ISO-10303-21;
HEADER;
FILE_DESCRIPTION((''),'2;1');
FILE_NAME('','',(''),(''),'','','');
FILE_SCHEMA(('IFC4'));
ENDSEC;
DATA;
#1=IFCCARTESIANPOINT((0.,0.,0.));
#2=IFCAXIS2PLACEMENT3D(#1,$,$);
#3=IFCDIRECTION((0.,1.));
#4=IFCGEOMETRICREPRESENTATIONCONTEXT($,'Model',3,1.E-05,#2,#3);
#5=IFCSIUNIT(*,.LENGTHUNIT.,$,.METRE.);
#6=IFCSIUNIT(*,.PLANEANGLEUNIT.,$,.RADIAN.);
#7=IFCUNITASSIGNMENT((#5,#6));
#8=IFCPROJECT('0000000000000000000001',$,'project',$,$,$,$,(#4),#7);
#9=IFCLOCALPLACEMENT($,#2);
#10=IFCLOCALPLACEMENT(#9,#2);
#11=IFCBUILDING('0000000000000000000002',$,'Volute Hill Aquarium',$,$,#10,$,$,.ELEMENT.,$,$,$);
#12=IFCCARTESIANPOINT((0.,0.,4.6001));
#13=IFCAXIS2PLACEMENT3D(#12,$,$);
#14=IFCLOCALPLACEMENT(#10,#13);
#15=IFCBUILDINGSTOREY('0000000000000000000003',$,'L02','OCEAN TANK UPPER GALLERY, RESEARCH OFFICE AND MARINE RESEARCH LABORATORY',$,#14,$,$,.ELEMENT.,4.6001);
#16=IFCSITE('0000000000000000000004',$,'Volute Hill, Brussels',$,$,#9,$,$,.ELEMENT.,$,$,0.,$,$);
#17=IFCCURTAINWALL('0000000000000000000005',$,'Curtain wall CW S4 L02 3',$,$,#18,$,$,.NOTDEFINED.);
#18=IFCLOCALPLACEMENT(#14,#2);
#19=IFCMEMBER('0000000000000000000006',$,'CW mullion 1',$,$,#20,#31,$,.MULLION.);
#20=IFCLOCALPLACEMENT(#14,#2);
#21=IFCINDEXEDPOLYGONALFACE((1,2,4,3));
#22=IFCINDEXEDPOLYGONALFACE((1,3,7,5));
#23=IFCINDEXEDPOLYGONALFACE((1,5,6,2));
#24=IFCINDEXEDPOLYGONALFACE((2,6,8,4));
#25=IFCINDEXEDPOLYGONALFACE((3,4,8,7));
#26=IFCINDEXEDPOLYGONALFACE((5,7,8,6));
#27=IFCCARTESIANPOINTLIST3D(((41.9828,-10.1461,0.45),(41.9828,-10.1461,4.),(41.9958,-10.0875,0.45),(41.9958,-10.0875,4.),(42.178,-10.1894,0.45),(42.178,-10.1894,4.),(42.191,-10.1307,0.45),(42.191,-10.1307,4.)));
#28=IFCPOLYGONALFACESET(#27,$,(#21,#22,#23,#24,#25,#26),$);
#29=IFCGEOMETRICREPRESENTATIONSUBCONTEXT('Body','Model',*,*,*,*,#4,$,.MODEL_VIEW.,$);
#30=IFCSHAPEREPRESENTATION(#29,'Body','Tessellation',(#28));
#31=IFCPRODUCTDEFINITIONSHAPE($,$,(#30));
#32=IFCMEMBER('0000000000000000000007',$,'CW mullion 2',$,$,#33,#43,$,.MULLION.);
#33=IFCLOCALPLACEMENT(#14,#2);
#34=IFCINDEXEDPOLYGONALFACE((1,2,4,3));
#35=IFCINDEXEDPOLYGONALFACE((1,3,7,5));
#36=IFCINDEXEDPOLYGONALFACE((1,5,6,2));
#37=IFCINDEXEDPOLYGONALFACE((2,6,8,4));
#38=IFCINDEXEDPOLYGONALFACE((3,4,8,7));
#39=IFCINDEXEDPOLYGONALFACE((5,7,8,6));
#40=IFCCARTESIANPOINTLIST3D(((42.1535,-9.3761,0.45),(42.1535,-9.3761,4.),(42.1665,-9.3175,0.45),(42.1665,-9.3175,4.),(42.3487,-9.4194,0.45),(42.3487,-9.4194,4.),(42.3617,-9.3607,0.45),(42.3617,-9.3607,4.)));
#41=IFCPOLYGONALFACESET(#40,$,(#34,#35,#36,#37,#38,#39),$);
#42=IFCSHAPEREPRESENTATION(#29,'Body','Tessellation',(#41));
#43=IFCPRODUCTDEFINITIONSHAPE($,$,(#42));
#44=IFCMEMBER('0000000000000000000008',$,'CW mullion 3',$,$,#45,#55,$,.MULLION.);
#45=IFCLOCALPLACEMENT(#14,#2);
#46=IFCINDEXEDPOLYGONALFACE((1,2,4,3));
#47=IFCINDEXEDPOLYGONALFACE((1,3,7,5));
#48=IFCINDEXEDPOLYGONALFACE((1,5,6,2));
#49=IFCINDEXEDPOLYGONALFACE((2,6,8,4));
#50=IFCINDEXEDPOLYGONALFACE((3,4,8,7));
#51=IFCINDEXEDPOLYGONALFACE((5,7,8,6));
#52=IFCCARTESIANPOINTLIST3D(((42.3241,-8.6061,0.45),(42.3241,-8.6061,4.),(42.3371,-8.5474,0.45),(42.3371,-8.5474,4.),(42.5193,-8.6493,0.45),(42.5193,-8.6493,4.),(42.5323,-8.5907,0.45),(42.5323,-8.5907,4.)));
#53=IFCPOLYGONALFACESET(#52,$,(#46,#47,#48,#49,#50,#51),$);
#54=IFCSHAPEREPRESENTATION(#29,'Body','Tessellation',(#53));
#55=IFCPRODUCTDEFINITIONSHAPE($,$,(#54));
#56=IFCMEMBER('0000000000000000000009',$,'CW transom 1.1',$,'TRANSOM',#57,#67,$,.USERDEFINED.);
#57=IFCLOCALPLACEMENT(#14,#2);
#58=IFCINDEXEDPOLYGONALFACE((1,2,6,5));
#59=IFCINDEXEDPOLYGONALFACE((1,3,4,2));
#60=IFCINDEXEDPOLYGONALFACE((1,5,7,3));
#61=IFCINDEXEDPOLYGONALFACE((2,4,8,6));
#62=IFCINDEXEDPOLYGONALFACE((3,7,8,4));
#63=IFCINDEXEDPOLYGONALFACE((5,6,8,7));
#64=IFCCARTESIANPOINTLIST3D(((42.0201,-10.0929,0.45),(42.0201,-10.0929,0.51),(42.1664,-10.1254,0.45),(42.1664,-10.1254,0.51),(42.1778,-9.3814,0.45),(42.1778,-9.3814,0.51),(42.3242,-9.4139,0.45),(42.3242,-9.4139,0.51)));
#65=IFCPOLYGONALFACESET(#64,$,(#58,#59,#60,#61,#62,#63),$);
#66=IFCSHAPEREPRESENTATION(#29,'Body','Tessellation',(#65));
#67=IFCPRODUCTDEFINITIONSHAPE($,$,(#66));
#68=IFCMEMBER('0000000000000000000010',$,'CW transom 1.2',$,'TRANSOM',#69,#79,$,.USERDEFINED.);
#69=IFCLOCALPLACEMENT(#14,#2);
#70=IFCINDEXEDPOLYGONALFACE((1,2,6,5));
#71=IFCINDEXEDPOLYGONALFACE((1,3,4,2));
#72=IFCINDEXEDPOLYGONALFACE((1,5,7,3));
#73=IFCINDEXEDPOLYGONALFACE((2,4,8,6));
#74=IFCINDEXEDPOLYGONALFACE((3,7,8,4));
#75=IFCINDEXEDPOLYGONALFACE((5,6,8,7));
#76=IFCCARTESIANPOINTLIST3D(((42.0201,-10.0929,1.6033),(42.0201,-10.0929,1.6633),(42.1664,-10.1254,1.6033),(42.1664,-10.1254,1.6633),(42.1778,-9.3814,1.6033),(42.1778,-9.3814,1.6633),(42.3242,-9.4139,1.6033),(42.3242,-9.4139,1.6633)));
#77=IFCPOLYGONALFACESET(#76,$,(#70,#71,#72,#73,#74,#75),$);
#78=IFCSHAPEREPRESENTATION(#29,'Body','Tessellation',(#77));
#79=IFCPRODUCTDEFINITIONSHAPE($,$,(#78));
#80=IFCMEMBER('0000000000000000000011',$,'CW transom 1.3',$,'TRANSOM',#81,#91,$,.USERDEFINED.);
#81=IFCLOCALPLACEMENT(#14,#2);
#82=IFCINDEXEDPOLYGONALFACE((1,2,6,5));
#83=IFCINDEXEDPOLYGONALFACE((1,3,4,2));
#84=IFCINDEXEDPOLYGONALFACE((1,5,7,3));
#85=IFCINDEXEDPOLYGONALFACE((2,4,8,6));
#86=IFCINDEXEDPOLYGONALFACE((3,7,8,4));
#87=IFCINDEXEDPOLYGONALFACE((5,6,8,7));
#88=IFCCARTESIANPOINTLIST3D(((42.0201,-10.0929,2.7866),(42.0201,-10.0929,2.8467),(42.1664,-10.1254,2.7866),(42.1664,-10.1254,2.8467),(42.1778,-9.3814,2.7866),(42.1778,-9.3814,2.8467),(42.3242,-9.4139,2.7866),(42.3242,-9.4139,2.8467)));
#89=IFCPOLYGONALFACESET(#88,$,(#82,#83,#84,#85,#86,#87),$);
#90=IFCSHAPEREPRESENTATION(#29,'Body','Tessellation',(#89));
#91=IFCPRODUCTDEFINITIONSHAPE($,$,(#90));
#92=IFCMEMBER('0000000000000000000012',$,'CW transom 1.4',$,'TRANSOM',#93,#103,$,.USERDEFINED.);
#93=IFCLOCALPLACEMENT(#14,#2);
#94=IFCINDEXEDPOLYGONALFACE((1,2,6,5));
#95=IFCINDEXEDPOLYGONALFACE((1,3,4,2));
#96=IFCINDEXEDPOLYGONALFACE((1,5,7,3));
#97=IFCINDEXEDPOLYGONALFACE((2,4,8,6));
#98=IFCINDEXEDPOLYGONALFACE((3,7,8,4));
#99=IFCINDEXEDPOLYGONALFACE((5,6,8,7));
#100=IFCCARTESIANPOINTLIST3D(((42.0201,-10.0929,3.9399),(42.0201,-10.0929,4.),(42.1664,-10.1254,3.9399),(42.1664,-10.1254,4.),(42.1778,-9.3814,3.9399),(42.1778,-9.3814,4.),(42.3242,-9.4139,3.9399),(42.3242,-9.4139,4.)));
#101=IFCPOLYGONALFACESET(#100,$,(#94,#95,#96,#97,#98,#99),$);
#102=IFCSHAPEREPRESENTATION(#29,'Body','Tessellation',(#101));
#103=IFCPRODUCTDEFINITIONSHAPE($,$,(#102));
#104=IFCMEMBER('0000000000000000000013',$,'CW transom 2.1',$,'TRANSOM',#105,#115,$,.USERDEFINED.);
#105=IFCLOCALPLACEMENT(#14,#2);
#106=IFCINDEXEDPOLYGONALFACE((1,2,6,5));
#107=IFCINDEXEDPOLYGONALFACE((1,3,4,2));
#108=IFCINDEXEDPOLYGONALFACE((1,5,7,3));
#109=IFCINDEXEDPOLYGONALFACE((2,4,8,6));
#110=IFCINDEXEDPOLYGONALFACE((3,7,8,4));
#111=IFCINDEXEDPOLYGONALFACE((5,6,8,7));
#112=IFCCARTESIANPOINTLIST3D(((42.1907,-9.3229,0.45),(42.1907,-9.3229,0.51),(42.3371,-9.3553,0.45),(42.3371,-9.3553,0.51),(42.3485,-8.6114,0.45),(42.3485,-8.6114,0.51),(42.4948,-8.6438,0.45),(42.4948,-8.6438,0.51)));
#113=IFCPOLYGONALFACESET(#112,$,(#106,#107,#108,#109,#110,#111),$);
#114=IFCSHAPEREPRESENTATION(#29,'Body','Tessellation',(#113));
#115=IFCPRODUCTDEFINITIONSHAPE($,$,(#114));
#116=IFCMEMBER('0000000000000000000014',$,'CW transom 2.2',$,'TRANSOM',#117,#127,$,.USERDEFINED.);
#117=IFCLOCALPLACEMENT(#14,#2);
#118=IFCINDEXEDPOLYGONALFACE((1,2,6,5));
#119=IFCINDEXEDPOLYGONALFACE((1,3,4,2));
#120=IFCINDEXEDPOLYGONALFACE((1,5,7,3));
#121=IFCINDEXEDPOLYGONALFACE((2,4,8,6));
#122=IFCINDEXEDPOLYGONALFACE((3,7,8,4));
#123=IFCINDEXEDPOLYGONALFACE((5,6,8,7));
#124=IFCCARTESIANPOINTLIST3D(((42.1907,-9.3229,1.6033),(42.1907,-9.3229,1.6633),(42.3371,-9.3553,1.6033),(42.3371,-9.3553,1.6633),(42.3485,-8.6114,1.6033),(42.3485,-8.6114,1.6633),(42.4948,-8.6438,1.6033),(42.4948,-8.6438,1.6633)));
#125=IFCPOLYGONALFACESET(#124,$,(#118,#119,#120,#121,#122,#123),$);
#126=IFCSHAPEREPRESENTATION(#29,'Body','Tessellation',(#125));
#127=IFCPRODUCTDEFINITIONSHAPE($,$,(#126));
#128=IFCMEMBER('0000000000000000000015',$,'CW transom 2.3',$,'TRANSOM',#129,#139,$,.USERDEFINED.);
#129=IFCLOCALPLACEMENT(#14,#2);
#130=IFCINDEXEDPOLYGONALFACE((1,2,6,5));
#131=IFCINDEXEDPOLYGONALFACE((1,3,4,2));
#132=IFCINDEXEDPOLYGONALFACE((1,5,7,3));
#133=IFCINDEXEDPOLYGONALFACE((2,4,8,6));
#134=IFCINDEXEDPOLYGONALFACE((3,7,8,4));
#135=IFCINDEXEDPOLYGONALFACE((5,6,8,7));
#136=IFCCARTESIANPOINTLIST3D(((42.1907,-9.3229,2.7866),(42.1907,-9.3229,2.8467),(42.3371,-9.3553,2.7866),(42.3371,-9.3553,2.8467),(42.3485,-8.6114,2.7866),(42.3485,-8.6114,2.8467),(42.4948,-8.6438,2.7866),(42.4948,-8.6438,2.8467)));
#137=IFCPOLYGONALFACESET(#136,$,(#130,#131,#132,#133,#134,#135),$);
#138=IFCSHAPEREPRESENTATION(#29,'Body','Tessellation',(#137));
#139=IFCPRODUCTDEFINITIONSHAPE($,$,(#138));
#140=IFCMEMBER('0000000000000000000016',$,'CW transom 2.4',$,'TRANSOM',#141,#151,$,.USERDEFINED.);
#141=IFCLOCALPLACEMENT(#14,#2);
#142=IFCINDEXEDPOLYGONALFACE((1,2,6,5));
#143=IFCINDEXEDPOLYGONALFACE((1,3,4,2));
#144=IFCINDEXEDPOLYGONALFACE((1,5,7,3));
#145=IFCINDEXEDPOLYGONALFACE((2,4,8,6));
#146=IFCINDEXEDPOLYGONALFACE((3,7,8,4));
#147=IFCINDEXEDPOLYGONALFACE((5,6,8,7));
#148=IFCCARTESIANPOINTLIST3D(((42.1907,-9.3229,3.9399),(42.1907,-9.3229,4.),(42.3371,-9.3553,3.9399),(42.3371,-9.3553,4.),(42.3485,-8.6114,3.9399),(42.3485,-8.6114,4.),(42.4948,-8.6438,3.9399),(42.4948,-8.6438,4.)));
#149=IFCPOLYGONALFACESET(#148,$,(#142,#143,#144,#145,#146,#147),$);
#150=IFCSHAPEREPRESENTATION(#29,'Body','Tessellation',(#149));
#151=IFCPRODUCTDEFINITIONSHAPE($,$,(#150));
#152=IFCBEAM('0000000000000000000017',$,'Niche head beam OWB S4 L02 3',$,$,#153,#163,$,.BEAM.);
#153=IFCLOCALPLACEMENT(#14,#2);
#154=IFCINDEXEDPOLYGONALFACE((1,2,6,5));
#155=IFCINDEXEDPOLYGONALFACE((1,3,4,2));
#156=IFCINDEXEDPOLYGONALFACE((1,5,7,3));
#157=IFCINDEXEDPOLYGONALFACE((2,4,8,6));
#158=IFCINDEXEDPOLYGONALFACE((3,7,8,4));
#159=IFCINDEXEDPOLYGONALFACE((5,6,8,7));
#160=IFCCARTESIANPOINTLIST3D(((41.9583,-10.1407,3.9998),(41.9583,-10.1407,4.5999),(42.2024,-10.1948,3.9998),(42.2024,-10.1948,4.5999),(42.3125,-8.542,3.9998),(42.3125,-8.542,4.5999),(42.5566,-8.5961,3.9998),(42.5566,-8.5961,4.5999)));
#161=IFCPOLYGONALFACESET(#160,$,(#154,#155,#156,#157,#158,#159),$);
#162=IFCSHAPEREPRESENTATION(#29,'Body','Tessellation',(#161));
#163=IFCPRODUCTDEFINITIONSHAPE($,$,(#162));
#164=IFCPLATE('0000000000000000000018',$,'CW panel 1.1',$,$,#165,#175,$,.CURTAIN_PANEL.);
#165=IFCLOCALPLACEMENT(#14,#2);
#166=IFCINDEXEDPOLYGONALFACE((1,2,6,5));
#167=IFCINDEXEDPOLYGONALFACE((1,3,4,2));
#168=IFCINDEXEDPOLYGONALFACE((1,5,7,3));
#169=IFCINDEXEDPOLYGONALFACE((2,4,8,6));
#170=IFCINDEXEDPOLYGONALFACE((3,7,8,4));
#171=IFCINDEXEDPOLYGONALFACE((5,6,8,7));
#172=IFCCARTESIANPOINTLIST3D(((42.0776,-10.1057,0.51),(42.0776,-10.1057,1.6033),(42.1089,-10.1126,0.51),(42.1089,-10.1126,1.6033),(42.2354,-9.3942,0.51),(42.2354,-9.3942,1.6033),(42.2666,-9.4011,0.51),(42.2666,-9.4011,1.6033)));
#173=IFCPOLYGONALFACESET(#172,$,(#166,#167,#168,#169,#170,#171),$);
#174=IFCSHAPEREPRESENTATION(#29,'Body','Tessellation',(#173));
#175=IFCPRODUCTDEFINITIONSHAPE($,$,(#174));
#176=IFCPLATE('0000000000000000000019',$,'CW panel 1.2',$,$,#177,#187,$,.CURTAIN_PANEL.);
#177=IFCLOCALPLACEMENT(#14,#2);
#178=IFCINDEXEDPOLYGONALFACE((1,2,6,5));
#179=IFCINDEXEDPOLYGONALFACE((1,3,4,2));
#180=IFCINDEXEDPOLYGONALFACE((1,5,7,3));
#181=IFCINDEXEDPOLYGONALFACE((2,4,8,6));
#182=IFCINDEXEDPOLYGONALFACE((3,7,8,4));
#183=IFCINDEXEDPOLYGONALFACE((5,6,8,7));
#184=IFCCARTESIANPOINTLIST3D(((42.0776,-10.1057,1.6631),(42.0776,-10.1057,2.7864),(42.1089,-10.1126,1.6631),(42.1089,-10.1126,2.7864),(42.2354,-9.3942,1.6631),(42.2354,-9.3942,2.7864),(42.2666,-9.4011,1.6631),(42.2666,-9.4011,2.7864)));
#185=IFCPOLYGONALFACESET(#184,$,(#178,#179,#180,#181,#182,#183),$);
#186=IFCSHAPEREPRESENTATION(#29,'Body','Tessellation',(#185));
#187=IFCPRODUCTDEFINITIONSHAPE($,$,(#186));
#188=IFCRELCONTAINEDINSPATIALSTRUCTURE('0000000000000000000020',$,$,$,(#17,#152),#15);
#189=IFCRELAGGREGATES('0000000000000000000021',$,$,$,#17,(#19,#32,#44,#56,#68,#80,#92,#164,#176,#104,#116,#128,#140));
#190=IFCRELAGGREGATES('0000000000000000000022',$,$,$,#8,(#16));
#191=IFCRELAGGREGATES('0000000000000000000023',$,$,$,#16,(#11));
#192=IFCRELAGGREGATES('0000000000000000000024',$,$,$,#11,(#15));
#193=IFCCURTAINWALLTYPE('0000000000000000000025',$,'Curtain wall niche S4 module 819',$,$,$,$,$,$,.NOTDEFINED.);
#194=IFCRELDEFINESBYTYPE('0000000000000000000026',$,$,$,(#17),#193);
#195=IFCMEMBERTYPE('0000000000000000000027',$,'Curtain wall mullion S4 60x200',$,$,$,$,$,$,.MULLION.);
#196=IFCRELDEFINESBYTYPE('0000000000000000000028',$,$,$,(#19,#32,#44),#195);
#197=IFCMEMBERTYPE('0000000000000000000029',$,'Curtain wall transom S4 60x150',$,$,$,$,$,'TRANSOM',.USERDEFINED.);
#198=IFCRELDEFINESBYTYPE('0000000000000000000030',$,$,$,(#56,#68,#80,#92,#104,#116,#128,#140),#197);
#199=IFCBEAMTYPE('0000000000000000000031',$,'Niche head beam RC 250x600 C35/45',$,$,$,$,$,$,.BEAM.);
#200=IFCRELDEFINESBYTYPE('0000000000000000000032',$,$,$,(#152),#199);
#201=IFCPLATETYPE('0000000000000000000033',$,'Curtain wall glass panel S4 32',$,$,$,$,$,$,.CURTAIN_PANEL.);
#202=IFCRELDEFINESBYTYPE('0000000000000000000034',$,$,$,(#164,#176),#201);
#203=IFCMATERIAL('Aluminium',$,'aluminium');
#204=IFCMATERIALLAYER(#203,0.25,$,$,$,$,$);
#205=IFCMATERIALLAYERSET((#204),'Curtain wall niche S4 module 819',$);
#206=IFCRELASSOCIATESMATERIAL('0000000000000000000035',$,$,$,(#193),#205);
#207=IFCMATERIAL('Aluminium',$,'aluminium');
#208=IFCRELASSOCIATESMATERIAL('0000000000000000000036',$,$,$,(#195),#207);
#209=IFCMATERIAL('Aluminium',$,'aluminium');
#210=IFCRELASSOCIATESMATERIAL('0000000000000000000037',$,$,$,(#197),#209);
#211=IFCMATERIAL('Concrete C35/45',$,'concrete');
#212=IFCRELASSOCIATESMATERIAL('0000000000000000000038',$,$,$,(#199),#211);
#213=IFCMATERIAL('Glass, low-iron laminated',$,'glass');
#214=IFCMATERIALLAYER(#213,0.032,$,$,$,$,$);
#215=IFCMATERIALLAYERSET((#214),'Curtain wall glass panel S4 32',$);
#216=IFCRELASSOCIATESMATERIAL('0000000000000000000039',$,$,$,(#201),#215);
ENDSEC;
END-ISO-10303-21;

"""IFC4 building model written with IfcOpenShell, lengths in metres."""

from ifc_helpers import new_model, si_unit, direction, frame, origin, origin_2d, place, context, subcontext, project, spatial, rectangle, extrude, material, layer, layer_set, material_profile, profile_set, type_object, element, aggregate, save


model = new_model("IFC4")

# Units and contexts
model_context = context("Model", 3, precision=1e-05, world=origin(), true_north=direction((0.0, 1.0)))
body_context = subcontext(model_context, "Body", "Model", "MODEL_VIEW")
ifc_project = project(units=[si_unit("LENGTHUNIT", "METRE"), si_unit("PLANEANGLEUNIT", "RADIAN")], contexts=[model_context])

# Site, building, storey
site_placement = place(None, origin())
site = spatial("IfcSite", under=ifc_project, at=site_placement, Name="Volute Hill, Brussels", CompositionType="ELEMENT", RefElevation=0.0)
building_placement = place(site_placement, origin())
building = spatial("IfcBuilding", under=site, at=building_placement, Name="Volute Hill Aquarium", CompositionType="ELEMENT")
storey_placement = place(building_placement, frame((0.0, 0.0, 4.6001)))
storey = spatial("IfcBuildingStorey", under=building, at=storey_placement, Name="L02", Description="OCEAN TANK UPPER GALLERY, RESEARCH OFFICE AND MARINE RESEARCH LABORATORY", CompositionType="ELEMENT", Elevation=4.6001)

# Curtain wall, members
ifc_material_1 = material(Name="Aluminium", Category="aluminium")
ifc_layer_1 = layer(ifc_material_1, 0.25)
ifc_layer_set_1 = layer_set([ifc_layer_1], Name="Curtain wall niche S4 module 819")
curtain_wall_type = type_object("IfcCurtainWallType", Name="Curtain wall niche S4 module 819", PredefinedType="NOTDEFINED", material=ifc_layer_set_1)
curtain_wall_placement = place(storey_placement, origin())
curtain_wall = element("IfcCurtainWall", 1, at=curtain_wall_placement, inside=storey, type_object=curtain_wall_type, Name="Curtain wall CW S4 L02 3", PredefinedType="NOTDEFINED")
ifc_material_2 = material(Name="Aluminium", Category="aluminium")
ifc_material_profile_1 = material_profile(ifc_material_2, rectangle(XDim=0.2, YDim=0.0601, at=origin_2d()), Name="Curtain wall mullion S4 60x200")
ifc_profile_set_1 = profile_set([ifc_material_profile_1], Name="Aluminium")
member_type_1 = type_object("IfcMemberType", Name="Curtain wall mullion S4 60x200", PredefinedType="MULLION", material=ifc_profile_set_1)
member_1_placement = place(storey_placement, frame((42.0869, -10.1384, 0.45), z_axis=(0.0, 0.0, 1.0), x_axis=(-0.976298, 0.216432, 0.0)))
member_1 = element("IfcMember", 2, at=member_1_placement, type_object=member_type_1, Name="CW mullion 1", PredefinedType="MULLION", context=body_context, shape_type="SweptSolid", body=[
    extrude(rectangle(XDim=0.2, YDim=0.0601, at=origin_2d()), origin(), (0.0, 0.0, 1.0), 3.55),
])
member_2_placement = place(storey_placement, frame((42.2576, -9.3684, 0.45), z_axis=(0.0, 0.0, 1.0), x_axis=(-0.976298, 0.216432, 0.0)))
member_2 = element("IfcMember", 3, at=member_2_placement, type_object=member_type_1, Name="CW mullion 2", PredefinedType="MULLION", context=body_context, shape_type="SweptSolid", body=[
    extrude(rectangle(XDim=0.2, YDim=0.0601, at=origin_2d()), origin(), (0.0, 0.0, 1.0), 3.55),
])
member_3_placement = place(storey_placement, frame((42.4282, -8.5984, 0.45), z_axis=(0.0, 0.0, 1.0), x_axis=(-0.976298, 0.216432, 0.0)))
member_3 = element("IfcMember", 4, at=member_3_placement, type_object=member_type_1, Name="CW mullion 3", PredefinedType="MULLION", context=body_context, shape_type="SweptSolid", body=[
    extrude(rectangle(XDim=0.2, YDim=0.0601, at=origin_2d()), origin(), (0.0, 0.0, 1.0), 3.55),
])
ifc_material_3 = material(Name="Aluminium", Category="aluminium")
ifc_material_profile_2 = material_profile(ifc_material_3, rectangle(XDim=0.1499, YDim=0.0601, at=origin_2d()), Name="Curtain wall transom S4 60x150")
ifc_profile_set_2 = profile_set([ifc_material_profile_2], Name="Aluminium")
member_type_2 = type_object("IfcMemberType", Name="Curtain wall transom S4 60x150", ElementType="TRANSOM", PredefinedType="USERDEFINED", material=ifc_profile_set_2)
member_4_placement = place(storey_placement, frame((42.0933, -10.1091, 0.48), z_axis=(0.216434, 0.976297, 0.0), x_axis=(-0.976297, 0.216434, 0.0)))
member_4 = element("IfcMember", 5, at=member_4_placement, type_object=member_type_2, Name="CW transom 1.1", ObjectType="TRANSOM", PredefinedType="USERDEFINED", context=body_context, shape_type="SweptSolid", body=[
    extrude(rectangle(XDim=0.1499, YDim=0.0601, at=origin_2d()), origin(), (0.0, 0.0, 1.0), 0.7288),
])
member_5_placement = place(storey_placement, frame((42.0933, -10.1091, 1.6333), z_axis=(0.216434, 0.976297, 0.0), x_axis=(-0.976297, 0.216434, 0.0)))
member_5 = element("IfcMember", 6, at=member_5_placement, type_object=member_type_2, Name="CW transom 1.2", ObjectType="TRANSOM", PredefinedType="USERDEFINED", context=body_context, shape_type="SweptSolid", body=[
    extrude(rectangle(XDim=0.1499, YDim=0.0601, at=origin_2d()), origin(), (0.0, 0.0, 1.0), 0.7288),
])
member_6_placement = place(storey_placement, frame((42.0933, -10.1091, 2.8167), z_axis=(0.216434, 0.976297, 0.0), x_axis=(-0.976297, 0.216434, 0.0)))
member_6 = element("IfcMember", 7, at=member_6_placement, type_object=member_type_2, Name="CW transom 1.3", ObjectType="TRANSOM", PredefinedType="USERDEFINED", context=body_context, shape_type="SweptSolid", body=[
    extrude(rectangle(XDim=0.1499, YDim=0.0601, at=origin_2d()), origin(), (0.0, 0.0, 1.0), 0.7288),
])
member_7_placement = place(storey_placement, frame((42.0933, -10.1091, 3.97), z_axis=(0.216434, 0.976297, 0.0), x_axis=(-0.976297, 0.216434, 0.0)))
member_7 = element("IfcMember", 8, at=member_7_placement, type_object=member_type_2, Name="CW transom 1.4", ObjectType="TRANSOM", PredefinedType="USERDEFINED", context=body_context, shape_type="SweptSolid", body=[
    extrude(rectangle(XDim=0.1499, YDim=0.0601, at=origin_2d()), origin(), (0.0, 0.0, 1.0), 0.7288),
])
member_8_placement = place(storey_placement, frame((42.2639, -9.3391, 0.48), z_axis=(0.216434, 0.976297, 0.0), x_axis=(-0.976297, 0.216434, 0.0)))
member_8 = element("IfcMember", 9, at=member_8_placement, type_object=member_type_2, Name="CW transom 2.1", ObjectType="TRANSOM", PredefinedType="USERDEFINED", context=body_context, shape_type="SweptSolid", body=[
    extrude(rectangle(XDim=0.1499, YDim=0.0601, at=origin_2d()), origin(), (0.0, 0.0, 1.0), 0.7288),
])
member_9_placement = place(storey_placement, frame((42.2639, -9.3391, 1.6333), z_axis=(0.216434, 0.976297, 0.0), x_axis=(-0.976297, 0.216434, 0.0)))
member_9 = element("IfcMember", 10, at=member_9_placement, type_object=member_type_2, Name="CW transom 2.2", ObjectType="TRANSOM", PredefinedType="USERDEFINED", context=body_context, shape_type="SweptSolid", body=[
    extrude(rectangle(XDim=0.1499, YDim=0.0601, at=origin_2d()), origin(), (0.0, 0.0, 1.0), 0.7288),
])
member_10_placement = place(storey_placement, frame((42.2639, -9.3391, 2.8167), z_axis=(0.216434, 0.976297, 0.0), x_axis=(-0.976297, 0.216434, 0.0)))
member_10 = element("IfcMember", 11, at=member_10_placement, type_object=member_type_2, Name="CW transom 2.3", ObjectType="TRANSOM", PredefinedType="USERDEFINED", context=body_context, shape_type="SweptSolid", body=[
    extrude(rectangle(XDim=0.1499, YDim=0.0601, at=origin_2d()), origin(), (0.0, 0.0, 1.0), 0.7288),
])
member_11_placement = place(storey_placement, frame((42.2639, -9.3391, 3.97), z_axis=(0.216434, 0.976297, 0.0), x_axis=(-0.976297, 0.216434, 0.0)))
member_11 = element("IfcMember", 12, at=member_11_placement, type_object=member_type_2, Name="CW transom 2.4", ObjectType="TRANSOM", PredefinedType="USERDEFINED", context=body_context, shape_type="SweptSolid", body=[
    extrude(rectangle(XDim=0.1499, YDim=0.0601, at=origin_2d()), origin(), (0.0, 0.0, 1.0), 0.7288),
])

# Beam
ifc_material_4 = material(Name="Concrete C35/45", Category="concrete")
ifc_material_profile_3 = material_profile(ifc_material_4, rectangle(XDim=0.25, YDim=0.6001, at=origin_2d()), Name="RC beam 250x600")
ifc_profile_set_3 = profile_set([ifc_material_profile_3], Name="Concrete C35/45")
beam_type = type_object("IfcBeamType", Name="Niche head beam RC 250x600 C35/45", PredefinedType="BEAM", material=ifc_profile_set_3)
beam_placement = place(storey_placement, frame((42.0803, -10.1677, 4.2998), z_axis=(0.216346, 0.976317, 0.0), x_axis=(-0.976317, 0.216346, 0.0)))
element("IfcBeam", 13, at=beam_placement, inside=storey, type_object=beam_type, Name="Niche head beam OWB S4 L02 3", PredefinedType="BEAM", context=body_context, shape_type="SweptSolid", body=[
    extrude(rectangle(XDim=0.25, YDim=0.6001, at=origin_2d()), origin(), (0.0, 0.0, 1.0), 1.6375),
])

# Plates
ifc_material_5 = material(Name="Glass, low-iron laminated", Category="glass")
ifc_layer_2 = layer(ifc_material_5, 0.032)
ifc_layer_set_2 = layer_set([ifc_layer_2], Name="Curtain wall glass panel S4 32")
plate_type = type_object("IfcPlateType", Name="Curtain wall glass panel S4 32", PredefinedType="CURTAIN_PANEL", material=ifc_layer_set_2)
plate_1_placement = place(storey_placement, frame((42.1721, -9.7534, 0.51), z_axis=(0.0, 0.0, 1.0), x_axis=(0.216432, 0.976298, 0.0)))
plate_1 = element("IfcPlate", 14, at=plate_1_placement, type_object=plate_type, Name="CW panel 1.1", PredefinedType="CURTAIN_PANEL", context=body_context, shape_type="SweptSolid", body=[
    extrude(rectangle(XDim=0.7288, YDim=0.032, at=origin_2d()), origin(), (0.0, 0.0, 1.0), 1.0933),
])
plate_2_placement = place(storey_placement, frame((42.1721, -9.7534, 1.6631), z_axis=(0.0, 0.0, 1.0), x_axis=(0.216432, 0.976298, 0.0)))
plate_2 = element("IfcPlate", 15, at=plate_2_placement, type_object=plate_type, Name="CW panel 1.2", PredefinedType="CURTAIN_PANEL", context=body_context, shape_type="SweptSolid", body=[
    extrude(rectangle(XDim=0.7288, YDim=0.032, at=origin_2d()), origin(), (0.0, 0.0, 1.0), 1.1233),
])
aggregate(curtain_wall, [member_1, member_2, member_3, member_4, member_5, member_6, member_7, plate_1, plate_2, member_8, member_9, member_10, member_11])

save(model, "model.ifc")
